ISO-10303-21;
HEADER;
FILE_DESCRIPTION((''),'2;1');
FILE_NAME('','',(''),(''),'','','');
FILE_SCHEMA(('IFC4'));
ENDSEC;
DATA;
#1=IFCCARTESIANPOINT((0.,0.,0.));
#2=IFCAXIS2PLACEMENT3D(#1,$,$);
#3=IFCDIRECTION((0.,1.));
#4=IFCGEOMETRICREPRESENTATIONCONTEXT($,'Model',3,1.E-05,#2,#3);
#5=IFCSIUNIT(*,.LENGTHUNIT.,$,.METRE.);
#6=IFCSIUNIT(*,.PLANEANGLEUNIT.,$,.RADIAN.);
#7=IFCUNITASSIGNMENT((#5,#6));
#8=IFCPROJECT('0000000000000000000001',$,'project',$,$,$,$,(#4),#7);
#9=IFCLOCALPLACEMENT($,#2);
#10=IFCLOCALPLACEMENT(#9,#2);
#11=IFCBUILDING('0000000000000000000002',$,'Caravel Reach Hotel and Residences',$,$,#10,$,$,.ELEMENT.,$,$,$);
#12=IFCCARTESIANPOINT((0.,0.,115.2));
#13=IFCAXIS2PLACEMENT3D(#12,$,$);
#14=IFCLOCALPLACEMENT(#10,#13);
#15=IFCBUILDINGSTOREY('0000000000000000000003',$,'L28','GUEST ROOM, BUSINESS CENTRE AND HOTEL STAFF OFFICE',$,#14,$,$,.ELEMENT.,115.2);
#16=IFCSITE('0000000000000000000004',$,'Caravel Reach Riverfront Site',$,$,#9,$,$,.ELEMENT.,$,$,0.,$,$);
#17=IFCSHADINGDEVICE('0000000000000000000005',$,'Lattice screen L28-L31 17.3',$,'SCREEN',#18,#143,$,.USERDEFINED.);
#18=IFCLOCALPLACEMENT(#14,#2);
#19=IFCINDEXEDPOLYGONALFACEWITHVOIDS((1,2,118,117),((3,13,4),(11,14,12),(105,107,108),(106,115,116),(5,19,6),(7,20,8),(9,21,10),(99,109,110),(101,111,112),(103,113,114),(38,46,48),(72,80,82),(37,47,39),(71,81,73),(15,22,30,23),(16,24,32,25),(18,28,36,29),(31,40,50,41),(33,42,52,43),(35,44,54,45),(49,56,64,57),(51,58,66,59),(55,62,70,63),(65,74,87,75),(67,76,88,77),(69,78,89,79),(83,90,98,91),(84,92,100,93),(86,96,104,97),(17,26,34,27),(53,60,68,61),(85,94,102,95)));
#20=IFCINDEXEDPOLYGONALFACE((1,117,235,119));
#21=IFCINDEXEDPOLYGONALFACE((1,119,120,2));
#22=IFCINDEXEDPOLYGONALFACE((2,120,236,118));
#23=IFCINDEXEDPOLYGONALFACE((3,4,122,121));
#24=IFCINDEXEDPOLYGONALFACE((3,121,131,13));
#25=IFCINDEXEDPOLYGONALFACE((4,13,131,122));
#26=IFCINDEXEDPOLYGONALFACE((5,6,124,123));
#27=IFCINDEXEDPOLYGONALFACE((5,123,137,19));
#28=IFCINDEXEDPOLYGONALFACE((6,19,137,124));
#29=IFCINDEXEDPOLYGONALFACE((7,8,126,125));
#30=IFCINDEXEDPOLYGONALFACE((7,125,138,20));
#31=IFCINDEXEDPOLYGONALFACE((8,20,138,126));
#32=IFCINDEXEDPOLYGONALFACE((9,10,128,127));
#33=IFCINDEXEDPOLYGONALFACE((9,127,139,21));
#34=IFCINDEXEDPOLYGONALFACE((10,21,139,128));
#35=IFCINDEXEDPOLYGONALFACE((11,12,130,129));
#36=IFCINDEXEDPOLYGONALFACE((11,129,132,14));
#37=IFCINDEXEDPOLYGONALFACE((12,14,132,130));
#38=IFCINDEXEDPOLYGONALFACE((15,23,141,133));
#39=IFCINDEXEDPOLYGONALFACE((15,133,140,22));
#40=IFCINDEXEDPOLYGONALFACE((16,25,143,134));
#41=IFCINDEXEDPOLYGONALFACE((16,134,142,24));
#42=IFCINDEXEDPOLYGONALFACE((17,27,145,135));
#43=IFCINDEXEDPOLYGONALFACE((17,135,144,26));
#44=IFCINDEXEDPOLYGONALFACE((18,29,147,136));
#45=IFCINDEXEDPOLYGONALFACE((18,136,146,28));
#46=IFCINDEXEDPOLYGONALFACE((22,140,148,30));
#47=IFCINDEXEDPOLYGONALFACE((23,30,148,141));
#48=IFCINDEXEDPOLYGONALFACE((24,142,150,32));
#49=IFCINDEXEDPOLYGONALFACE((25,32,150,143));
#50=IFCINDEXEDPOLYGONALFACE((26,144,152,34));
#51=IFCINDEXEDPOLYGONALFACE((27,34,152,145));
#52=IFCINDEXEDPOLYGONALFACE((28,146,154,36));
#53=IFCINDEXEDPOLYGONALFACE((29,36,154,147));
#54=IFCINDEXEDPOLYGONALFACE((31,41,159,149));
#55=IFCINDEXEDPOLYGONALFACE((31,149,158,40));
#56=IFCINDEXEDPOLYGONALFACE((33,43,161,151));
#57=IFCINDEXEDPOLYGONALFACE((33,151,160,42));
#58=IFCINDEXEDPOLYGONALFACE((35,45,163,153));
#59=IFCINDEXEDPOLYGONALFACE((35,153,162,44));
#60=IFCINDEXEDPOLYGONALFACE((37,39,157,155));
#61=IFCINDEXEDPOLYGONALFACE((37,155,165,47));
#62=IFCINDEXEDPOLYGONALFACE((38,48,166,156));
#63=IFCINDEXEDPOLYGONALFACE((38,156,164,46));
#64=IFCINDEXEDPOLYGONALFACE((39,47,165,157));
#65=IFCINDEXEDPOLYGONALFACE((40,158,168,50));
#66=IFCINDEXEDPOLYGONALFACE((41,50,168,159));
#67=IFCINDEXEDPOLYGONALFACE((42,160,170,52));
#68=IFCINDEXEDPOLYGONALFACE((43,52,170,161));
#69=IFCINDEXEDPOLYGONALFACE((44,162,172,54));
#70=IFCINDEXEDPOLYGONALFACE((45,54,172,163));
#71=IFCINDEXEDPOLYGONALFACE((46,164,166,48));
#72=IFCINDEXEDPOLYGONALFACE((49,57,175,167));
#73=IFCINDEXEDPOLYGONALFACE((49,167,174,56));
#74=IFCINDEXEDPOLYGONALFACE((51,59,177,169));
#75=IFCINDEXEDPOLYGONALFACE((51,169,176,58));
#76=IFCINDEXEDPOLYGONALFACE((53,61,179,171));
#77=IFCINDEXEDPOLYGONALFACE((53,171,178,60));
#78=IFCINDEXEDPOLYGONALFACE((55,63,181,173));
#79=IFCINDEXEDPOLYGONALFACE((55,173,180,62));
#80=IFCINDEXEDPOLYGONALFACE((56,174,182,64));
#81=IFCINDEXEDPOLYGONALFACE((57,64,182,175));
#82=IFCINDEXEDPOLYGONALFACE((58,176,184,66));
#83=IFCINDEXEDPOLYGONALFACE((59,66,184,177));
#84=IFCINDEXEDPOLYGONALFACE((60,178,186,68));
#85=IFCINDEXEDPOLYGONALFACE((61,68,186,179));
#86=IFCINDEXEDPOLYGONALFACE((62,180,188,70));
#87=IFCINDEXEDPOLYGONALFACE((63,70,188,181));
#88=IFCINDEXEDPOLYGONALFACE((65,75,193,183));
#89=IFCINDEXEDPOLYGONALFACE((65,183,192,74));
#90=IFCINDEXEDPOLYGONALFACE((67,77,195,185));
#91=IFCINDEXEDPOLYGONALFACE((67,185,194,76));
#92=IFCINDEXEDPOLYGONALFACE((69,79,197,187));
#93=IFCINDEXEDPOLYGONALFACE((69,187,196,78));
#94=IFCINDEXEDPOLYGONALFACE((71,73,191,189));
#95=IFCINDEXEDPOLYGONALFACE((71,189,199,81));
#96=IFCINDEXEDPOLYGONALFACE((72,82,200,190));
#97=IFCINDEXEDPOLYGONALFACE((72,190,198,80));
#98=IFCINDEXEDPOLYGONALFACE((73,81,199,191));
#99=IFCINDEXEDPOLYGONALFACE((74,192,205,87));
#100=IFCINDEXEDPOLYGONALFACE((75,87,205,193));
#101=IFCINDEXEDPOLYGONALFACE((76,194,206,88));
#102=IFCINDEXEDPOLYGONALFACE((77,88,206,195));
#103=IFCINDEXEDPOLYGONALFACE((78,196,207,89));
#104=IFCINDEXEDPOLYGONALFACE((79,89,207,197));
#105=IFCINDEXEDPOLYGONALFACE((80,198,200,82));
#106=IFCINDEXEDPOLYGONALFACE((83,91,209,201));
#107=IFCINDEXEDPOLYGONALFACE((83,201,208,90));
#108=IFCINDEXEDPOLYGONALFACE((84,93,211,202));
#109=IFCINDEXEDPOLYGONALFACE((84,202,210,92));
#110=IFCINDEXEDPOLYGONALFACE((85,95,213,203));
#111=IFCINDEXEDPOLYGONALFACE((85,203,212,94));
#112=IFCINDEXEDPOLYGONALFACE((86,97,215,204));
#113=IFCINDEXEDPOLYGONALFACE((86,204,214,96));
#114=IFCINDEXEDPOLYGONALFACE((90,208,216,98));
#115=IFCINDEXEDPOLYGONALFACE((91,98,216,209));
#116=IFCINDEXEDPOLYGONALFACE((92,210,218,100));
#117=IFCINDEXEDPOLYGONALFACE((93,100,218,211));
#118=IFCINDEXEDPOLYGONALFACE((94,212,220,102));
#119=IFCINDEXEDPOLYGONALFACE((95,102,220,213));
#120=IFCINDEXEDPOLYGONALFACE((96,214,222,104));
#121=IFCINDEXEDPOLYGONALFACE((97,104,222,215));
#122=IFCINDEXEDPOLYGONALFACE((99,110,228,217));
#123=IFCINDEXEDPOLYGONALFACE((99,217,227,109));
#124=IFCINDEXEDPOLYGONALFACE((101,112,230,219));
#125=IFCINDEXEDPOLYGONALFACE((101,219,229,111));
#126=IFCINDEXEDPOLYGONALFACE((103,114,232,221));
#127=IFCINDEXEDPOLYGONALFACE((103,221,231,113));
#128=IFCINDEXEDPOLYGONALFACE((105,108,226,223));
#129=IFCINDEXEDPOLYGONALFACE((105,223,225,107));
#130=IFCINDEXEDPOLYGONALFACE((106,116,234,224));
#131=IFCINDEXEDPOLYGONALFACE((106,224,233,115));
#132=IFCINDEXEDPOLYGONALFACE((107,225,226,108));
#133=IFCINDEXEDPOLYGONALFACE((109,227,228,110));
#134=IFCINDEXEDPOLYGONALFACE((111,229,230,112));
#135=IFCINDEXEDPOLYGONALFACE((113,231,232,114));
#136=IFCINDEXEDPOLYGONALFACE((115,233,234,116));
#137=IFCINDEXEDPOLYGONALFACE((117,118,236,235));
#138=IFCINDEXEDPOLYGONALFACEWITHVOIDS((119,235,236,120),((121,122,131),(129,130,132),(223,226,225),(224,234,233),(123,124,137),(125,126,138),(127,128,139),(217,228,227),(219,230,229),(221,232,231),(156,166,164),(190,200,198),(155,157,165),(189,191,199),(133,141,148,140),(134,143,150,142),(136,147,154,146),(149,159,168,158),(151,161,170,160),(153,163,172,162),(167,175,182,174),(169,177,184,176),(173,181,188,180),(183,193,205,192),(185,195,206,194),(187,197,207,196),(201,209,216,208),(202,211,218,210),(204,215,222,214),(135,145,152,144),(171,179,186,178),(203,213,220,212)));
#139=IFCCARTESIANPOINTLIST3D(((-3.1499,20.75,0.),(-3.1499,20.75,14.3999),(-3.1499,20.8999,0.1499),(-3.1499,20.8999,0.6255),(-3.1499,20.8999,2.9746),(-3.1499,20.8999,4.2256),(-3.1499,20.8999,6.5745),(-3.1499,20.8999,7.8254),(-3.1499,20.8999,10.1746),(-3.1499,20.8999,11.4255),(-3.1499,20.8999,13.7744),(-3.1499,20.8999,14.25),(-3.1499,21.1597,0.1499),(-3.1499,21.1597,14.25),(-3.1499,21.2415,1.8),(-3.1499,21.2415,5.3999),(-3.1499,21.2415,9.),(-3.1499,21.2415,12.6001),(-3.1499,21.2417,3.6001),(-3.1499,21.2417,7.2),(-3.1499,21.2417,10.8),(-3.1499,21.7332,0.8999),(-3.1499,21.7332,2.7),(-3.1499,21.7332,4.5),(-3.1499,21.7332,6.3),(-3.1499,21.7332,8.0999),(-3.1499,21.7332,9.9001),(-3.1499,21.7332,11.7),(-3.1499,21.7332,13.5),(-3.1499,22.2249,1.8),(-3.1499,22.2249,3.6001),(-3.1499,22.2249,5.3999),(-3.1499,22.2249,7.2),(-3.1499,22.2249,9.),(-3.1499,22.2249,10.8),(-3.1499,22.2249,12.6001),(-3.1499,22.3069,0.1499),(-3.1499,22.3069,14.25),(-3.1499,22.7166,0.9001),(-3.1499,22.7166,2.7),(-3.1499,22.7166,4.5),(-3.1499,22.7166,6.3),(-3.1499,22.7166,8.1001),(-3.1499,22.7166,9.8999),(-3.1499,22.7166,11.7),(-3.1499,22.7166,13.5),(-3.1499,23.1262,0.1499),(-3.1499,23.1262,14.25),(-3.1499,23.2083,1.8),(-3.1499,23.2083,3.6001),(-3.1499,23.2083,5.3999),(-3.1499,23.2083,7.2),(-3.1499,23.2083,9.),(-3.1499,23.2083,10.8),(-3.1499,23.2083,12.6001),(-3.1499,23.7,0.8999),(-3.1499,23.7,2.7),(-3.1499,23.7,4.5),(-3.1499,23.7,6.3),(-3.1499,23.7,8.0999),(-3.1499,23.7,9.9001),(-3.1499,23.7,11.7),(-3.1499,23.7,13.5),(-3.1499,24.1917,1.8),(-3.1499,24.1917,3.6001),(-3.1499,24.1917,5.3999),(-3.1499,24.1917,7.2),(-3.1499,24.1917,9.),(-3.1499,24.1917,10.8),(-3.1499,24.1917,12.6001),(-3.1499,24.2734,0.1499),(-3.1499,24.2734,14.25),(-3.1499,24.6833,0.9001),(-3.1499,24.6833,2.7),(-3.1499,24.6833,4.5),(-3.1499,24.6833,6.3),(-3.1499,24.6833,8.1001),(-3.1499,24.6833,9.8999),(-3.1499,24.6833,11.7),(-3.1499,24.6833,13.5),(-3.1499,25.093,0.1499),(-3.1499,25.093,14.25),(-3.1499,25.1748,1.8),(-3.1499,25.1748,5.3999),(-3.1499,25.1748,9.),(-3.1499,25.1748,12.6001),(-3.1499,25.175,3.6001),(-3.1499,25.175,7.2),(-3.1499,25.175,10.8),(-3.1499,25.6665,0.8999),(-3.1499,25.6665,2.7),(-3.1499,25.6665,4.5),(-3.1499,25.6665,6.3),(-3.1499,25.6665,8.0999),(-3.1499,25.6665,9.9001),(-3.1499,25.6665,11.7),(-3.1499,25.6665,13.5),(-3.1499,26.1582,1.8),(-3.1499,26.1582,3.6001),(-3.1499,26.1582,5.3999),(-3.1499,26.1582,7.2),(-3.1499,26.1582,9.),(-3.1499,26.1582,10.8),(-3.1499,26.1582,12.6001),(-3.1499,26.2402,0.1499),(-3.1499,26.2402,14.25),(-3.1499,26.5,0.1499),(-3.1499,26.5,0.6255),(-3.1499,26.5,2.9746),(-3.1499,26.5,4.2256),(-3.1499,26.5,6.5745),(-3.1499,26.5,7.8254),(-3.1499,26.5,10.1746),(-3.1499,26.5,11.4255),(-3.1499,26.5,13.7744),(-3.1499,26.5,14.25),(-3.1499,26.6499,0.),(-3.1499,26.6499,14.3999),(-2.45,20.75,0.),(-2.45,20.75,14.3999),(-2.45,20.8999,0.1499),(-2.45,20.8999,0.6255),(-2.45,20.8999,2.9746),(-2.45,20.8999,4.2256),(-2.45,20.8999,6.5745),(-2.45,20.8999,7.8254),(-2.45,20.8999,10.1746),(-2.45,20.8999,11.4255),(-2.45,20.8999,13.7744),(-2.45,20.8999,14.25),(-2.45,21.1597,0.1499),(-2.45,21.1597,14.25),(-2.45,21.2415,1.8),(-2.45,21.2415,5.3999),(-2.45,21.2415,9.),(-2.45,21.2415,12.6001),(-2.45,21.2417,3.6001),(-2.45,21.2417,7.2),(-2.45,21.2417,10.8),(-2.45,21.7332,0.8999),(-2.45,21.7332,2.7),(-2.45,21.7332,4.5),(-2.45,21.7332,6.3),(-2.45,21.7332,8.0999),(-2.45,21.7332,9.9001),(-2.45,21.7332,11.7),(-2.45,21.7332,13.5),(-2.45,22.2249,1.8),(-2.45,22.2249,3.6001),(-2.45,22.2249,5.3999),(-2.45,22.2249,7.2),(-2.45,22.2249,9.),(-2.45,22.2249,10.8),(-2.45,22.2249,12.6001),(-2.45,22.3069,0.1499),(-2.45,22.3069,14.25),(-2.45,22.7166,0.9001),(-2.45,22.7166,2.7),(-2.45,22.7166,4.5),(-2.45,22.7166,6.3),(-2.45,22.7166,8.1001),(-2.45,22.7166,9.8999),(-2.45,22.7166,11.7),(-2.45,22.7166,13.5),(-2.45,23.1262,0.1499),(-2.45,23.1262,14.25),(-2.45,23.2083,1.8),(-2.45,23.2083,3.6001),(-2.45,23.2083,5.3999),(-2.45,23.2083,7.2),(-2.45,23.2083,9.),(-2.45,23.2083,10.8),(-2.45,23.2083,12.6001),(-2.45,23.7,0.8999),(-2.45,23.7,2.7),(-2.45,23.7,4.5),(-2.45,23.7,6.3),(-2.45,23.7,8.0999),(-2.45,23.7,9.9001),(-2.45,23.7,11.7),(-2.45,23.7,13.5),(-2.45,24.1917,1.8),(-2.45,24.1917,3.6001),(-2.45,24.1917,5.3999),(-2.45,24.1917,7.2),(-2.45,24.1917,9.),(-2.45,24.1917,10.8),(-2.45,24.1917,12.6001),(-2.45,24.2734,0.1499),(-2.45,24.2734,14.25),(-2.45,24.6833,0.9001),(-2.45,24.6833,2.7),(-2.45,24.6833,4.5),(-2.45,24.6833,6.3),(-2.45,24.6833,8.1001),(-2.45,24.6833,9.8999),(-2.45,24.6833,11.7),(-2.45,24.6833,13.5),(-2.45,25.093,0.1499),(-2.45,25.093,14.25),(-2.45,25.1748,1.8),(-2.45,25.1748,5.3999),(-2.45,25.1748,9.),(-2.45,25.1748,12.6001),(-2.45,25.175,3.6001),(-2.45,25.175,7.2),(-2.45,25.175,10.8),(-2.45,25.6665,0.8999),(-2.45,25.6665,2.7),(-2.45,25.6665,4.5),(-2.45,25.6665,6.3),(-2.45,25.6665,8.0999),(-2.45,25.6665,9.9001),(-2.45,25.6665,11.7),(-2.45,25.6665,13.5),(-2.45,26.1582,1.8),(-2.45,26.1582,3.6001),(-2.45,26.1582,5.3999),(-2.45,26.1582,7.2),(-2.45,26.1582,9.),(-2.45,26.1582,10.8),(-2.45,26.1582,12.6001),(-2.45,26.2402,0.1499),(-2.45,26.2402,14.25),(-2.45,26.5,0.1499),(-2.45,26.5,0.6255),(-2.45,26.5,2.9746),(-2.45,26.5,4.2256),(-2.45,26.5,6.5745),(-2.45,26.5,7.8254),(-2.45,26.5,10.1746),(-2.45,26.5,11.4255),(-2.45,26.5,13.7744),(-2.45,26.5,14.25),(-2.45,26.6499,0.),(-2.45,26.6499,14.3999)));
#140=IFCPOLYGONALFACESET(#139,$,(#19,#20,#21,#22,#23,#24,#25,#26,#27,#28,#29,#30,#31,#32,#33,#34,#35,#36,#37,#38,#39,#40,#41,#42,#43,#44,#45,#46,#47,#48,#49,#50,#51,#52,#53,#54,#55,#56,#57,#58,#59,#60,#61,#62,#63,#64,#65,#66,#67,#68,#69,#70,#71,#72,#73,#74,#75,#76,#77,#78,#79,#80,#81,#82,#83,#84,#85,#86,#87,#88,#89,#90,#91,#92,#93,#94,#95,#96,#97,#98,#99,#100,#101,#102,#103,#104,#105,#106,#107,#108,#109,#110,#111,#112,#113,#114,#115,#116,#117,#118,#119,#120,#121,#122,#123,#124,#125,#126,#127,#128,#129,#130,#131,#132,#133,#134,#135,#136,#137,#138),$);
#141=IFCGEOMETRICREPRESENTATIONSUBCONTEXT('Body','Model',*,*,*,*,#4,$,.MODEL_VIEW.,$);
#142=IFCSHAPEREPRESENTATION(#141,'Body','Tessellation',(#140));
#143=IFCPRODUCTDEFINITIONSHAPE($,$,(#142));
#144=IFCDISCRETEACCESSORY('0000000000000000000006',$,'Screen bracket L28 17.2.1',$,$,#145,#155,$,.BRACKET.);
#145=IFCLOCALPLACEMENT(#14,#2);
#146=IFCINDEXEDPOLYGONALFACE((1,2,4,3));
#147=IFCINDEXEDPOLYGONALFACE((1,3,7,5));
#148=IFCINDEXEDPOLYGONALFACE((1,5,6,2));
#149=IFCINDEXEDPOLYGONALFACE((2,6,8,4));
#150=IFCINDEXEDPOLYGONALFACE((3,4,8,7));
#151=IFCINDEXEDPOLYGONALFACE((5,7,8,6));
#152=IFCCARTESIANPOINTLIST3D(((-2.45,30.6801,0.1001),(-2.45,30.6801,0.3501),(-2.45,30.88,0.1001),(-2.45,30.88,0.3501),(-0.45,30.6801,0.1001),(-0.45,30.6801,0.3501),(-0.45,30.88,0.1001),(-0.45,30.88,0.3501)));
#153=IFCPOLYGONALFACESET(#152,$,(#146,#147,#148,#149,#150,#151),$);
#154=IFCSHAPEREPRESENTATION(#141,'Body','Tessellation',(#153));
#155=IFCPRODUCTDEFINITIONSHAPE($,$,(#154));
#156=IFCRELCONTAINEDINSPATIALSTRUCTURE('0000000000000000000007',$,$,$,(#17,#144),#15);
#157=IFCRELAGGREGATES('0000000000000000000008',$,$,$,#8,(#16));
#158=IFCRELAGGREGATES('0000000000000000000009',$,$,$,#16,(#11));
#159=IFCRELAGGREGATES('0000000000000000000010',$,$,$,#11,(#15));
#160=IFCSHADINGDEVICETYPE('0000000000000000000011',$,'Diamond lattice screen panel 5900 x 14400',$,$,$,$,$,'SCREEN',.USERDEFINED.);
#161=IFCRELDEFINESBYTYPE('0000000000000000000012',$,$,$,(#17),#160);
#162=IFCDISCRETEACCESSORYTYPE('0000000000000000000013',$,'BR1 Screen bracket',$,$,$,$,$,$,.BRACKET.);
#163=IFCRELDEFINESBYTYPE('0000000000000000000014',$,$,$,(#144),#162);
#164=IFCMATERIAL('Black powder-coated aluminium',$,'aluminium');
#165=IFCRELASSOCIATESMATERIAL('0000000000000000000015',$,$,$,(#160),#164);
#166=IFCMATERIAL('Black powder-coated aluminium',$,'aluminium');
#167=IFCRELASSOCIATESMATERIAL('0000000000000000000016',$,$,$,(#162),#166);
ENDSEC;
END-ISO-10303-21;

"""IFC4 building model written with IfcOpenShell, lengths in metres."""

from ifc_helpers import new_model, si_unit, direction, frame, origin, origin_2d, place, context, subcontext, project, spatial, polyline, rectangle, outline, extrude, material, type_object, element, save


model = new_model("IFC4")

# Units and contexts
model_context = context("Model", 3, precision=1e-05, world=origin(), true_north=direction((0.0, 1.0)))
body_context = subcontext(model_context, "Body", "Model", "MODEL_VIEW")
ifc_project = project(units=[si_unit("LENGTHUNIT", "METRE"), si_unit("PLANEANGLEUNIT", "RADIAN")], contexts=[model_context])

# Site, building, storey
site_placement = place(None, origin())
site = spatial("IfcSite", under=ifc_project, at=site_placement, Name="Caravel Reach Riverfront Site", CompositionType="ELEMENT", RefElevation=0.0)
building_placement = place(site_placement, origin())
building = spatial("IfcBuilding", under=site, at=building_placement, Name="Caravel Reach Hotel and Residences", CompositionType="ELEMENT")
storey_placement = place(building_placement, frame((0.0, 0.0, 115.2)))
storey = spatial("IfcBuildingStorey", under=building, at=storey_placement, Name="L28", Description="GUEST ROOM, BUSINESS CENTRE AND HOTEL STAFF OFFICE", CompositionType="ELEMENT", Elevation=115.2)

# Shading device
ifc_material_1 = material(Name="Black powder-coated aluminium", Category="aluminium")
shading_device_type = type_object("IfcShadingDeviceType", Name="Diamond lattice screen panel 5900 x 14400", ElementType="SCREEN", PredefinedType="USERDEFINED", material=ifc_material_1)
shading_device_1_placement = place(storey_placement, frame((-2.45, 26.6499, 0.0), z_axis=(-1.0, 0.0, 0.0), x_axis=(0.0, -1.0, 0.0)))
element("IfcShadingDevice", 1, at=shading_device_1_placement, inside=storey, type_object=shading_device_type, Name="Lattice screen L28-L31 17.3", ObjectType="SCREEN", PredefinedType="USERDEFINED", context=body_context, shape_type="SweptSolid", body=[
    extrude(outline(polyline([(0.0, 0.0), (5.8999, 0.0), (5.8999, 14.3999), (0.0, 14.3999), (0.0, 0.0)]), holes=[polyline([(0.4097, 0.1499), (0.1499, 0.6255), (0.1499, 0.1499), (0.4097, 0.1499)]), polyline([(0.4917, 3.6001), (0.1499, 4.2256), (0.1499, 2.9746), (0.4917, 3.6001)]), polyline([(0.4917, 7.2), (0.1499, 7.8254), (0.1499, 6.5745), (0.4917, 7.2)]), polyline([(0.4917, 10.8), (0.1499, 11.4255), (0.1499, 10.1746), (0.4917, 10.8)]), polyline([(0.1499, 13.7744), (0.4097, 14.25), (0.1499, 14.25), (0.1499, 13.7744)]), polyline([(0.9834, 2.7), (0.4917, 1.8), (0.9834, 0.8999), (1.4751, 1.8), (0.9834, 2.7)]), polyline([(0.9834, 6.3), (0.4917, 5.3999), (0.9834, 4.5), (1.4751, 5.3999), (0.9834, 6.3)]), polyline([(0.9834, 9.9001), (0.4917, 9.0), (0.9834, 8.0999), (1.4751, 9.0), (0.9834, 9.9001)]), polyline([(0.9834, 13.5), (0.4917, 12.6001), (0.9834, 11.7), (1.4751, 12.6001), (0.9834, 13.5)]), polyline([(1.9666, 0.9001), (1.5569, 0.1499), (2.3765, 0.1499), (1.9666, 0.9001)]), polyline([(1.9666, 4.5), (1.4749, 3.6001), (1.9666, 2.7), (2.4583, 3.6001), (1.9666, 4.5)]), polyline([(1.9666, 8.1001), (1.4749, 7.2), (1.9666, 6.3), (2.4583, 7.2), (1.9666, 8.1001)]), polyline([(1.9666, 11.7), (1.4749, 10.8), (1.9666, 9.8999), (2.4583, 10.8), (1.9666, 11.7)]), polyline([(1.9666, 13.5), (2.3765, 14.25), (1.5569, 14.25), (1.9666, 13.5)]), polyline([(2.95, 2.7), (2.4583, 1.8), (2.95, 0.8999), (3.4417, 1.8), (2.95, 2.7)]), polyline([(2.95, 6.3), (2.4583, 5.3999), (2.95, 4.5), (3.4417, 5.3999), (2.95, 6.3)]), polyline([(2.95, 9.9001), (2.4583, 9.0), (2.95, 8.0999), (3.4417, 9.0), (2.95, 9.9001)]), polyline([(2.95, 13.5), (2.4583, 12.6001), (2.95, 11.7), (3.4417, 12.6001), (2.95, 13.5)]), polyline([(3.9333, 0.9001), (3.5237, 0.1499), (4.343, 0.1499), (3.9333, 0.9001)]), polyline([(3.9333, 4.5), (3.4417, 3.6001), (3.9333, 2.7), (4.425, 3.6001), (3.9333, 4.5)]), polyline([(3.9333, 8.1001), (3.4417, 7.2), (3.9333, 6.3), (4.425, 7.2), (3.9333, 8.1001)]), polyline([(3.9333, 11.7), (3.4417, 10.8), (3.9333, 9.8999), (4.425, 10.8), (3.9333, 11.7)]), polyline([(3.9333, 13.5), (4.343, 14.25), (3.5237, 14.25), (3.9333, 13.5)]), polyline([(4.9167, 2.7), (4.425, 1.8), (4.9167, 0.8999), (5.4084, 1.8), (4.9167, 2.7)]), polyline([(4.9167, 6.3), (4.425, 5.3999), (4.9167, 4.5), (5.4084, 5.3999), (4.9167, 6.3)]), polyline([(4.9167, 9.9001), (4.425, 9.0), (4.9167, 8.0999), (5.4084, 9.0), (4.9167, 9.9001)]), polyline([(4.9167, 13.5), (4.425, 12.6001), (4.9167, 11.7), (5.4084, 12.6001), (4.9167, 13.5)]), polyline([(5.75, 0.6255), (5.4902, 0.1499), (5.75, 0.1499), (5.75, 0.6255)]), polyline([(5.4082, 3.6001), (5.75, 2.9746), (5.75, 4.2256), (5.4082, 3.6001)]), polyline([(5.4082, 7.2), (5.75, 6.5745), (5.75, 7.8254), (5.4082, 7.2)]), polyline([(5.4082, 10.8), (5.75, 10.1746), (5.75, 11.4255), (5.4082, 10.8)]), polyline([(5.4902, 14.25), (5.75, 13.7744), (5.75, 14.25), (5.4902, 14.25)])]), origin(), (0.0, 0.0, 1.0), 0.7),
])

# Discrete accessory
ifc_material_2 = material(Name="Black powder-coated aluminium", Category="aluminium")
discrete_accessory_type = type_object("IfcDiscreteAccessoryType", Name="BR1 Screen bracket", PredefinedType="BRACKET", material=ifc_material_2)
discrete_accessory_placement = place(storey_placement, frame((-1.45, 30.78, 0.1001), z_axis=(0.0, 0.0, 1.0), x_axis=(-1.0, 0.0, 0.0)))
element("IfcDiscreteAccessory", 2, at=discrete_accessory_placement, inside=storey, type_object=discrete_accessory_type, Name="Screen bracket L28 17.2.1", PredefinedType="BRACKET", context=body_context, shape_type="SweptSolid", body=[
    extrude(rectangle(XDim=2.0, YDim=0.2, at=origin_2d()), origin(), (0.0, 0.0, 1.0), 0.25),
])

save(model, "model.ifc")
